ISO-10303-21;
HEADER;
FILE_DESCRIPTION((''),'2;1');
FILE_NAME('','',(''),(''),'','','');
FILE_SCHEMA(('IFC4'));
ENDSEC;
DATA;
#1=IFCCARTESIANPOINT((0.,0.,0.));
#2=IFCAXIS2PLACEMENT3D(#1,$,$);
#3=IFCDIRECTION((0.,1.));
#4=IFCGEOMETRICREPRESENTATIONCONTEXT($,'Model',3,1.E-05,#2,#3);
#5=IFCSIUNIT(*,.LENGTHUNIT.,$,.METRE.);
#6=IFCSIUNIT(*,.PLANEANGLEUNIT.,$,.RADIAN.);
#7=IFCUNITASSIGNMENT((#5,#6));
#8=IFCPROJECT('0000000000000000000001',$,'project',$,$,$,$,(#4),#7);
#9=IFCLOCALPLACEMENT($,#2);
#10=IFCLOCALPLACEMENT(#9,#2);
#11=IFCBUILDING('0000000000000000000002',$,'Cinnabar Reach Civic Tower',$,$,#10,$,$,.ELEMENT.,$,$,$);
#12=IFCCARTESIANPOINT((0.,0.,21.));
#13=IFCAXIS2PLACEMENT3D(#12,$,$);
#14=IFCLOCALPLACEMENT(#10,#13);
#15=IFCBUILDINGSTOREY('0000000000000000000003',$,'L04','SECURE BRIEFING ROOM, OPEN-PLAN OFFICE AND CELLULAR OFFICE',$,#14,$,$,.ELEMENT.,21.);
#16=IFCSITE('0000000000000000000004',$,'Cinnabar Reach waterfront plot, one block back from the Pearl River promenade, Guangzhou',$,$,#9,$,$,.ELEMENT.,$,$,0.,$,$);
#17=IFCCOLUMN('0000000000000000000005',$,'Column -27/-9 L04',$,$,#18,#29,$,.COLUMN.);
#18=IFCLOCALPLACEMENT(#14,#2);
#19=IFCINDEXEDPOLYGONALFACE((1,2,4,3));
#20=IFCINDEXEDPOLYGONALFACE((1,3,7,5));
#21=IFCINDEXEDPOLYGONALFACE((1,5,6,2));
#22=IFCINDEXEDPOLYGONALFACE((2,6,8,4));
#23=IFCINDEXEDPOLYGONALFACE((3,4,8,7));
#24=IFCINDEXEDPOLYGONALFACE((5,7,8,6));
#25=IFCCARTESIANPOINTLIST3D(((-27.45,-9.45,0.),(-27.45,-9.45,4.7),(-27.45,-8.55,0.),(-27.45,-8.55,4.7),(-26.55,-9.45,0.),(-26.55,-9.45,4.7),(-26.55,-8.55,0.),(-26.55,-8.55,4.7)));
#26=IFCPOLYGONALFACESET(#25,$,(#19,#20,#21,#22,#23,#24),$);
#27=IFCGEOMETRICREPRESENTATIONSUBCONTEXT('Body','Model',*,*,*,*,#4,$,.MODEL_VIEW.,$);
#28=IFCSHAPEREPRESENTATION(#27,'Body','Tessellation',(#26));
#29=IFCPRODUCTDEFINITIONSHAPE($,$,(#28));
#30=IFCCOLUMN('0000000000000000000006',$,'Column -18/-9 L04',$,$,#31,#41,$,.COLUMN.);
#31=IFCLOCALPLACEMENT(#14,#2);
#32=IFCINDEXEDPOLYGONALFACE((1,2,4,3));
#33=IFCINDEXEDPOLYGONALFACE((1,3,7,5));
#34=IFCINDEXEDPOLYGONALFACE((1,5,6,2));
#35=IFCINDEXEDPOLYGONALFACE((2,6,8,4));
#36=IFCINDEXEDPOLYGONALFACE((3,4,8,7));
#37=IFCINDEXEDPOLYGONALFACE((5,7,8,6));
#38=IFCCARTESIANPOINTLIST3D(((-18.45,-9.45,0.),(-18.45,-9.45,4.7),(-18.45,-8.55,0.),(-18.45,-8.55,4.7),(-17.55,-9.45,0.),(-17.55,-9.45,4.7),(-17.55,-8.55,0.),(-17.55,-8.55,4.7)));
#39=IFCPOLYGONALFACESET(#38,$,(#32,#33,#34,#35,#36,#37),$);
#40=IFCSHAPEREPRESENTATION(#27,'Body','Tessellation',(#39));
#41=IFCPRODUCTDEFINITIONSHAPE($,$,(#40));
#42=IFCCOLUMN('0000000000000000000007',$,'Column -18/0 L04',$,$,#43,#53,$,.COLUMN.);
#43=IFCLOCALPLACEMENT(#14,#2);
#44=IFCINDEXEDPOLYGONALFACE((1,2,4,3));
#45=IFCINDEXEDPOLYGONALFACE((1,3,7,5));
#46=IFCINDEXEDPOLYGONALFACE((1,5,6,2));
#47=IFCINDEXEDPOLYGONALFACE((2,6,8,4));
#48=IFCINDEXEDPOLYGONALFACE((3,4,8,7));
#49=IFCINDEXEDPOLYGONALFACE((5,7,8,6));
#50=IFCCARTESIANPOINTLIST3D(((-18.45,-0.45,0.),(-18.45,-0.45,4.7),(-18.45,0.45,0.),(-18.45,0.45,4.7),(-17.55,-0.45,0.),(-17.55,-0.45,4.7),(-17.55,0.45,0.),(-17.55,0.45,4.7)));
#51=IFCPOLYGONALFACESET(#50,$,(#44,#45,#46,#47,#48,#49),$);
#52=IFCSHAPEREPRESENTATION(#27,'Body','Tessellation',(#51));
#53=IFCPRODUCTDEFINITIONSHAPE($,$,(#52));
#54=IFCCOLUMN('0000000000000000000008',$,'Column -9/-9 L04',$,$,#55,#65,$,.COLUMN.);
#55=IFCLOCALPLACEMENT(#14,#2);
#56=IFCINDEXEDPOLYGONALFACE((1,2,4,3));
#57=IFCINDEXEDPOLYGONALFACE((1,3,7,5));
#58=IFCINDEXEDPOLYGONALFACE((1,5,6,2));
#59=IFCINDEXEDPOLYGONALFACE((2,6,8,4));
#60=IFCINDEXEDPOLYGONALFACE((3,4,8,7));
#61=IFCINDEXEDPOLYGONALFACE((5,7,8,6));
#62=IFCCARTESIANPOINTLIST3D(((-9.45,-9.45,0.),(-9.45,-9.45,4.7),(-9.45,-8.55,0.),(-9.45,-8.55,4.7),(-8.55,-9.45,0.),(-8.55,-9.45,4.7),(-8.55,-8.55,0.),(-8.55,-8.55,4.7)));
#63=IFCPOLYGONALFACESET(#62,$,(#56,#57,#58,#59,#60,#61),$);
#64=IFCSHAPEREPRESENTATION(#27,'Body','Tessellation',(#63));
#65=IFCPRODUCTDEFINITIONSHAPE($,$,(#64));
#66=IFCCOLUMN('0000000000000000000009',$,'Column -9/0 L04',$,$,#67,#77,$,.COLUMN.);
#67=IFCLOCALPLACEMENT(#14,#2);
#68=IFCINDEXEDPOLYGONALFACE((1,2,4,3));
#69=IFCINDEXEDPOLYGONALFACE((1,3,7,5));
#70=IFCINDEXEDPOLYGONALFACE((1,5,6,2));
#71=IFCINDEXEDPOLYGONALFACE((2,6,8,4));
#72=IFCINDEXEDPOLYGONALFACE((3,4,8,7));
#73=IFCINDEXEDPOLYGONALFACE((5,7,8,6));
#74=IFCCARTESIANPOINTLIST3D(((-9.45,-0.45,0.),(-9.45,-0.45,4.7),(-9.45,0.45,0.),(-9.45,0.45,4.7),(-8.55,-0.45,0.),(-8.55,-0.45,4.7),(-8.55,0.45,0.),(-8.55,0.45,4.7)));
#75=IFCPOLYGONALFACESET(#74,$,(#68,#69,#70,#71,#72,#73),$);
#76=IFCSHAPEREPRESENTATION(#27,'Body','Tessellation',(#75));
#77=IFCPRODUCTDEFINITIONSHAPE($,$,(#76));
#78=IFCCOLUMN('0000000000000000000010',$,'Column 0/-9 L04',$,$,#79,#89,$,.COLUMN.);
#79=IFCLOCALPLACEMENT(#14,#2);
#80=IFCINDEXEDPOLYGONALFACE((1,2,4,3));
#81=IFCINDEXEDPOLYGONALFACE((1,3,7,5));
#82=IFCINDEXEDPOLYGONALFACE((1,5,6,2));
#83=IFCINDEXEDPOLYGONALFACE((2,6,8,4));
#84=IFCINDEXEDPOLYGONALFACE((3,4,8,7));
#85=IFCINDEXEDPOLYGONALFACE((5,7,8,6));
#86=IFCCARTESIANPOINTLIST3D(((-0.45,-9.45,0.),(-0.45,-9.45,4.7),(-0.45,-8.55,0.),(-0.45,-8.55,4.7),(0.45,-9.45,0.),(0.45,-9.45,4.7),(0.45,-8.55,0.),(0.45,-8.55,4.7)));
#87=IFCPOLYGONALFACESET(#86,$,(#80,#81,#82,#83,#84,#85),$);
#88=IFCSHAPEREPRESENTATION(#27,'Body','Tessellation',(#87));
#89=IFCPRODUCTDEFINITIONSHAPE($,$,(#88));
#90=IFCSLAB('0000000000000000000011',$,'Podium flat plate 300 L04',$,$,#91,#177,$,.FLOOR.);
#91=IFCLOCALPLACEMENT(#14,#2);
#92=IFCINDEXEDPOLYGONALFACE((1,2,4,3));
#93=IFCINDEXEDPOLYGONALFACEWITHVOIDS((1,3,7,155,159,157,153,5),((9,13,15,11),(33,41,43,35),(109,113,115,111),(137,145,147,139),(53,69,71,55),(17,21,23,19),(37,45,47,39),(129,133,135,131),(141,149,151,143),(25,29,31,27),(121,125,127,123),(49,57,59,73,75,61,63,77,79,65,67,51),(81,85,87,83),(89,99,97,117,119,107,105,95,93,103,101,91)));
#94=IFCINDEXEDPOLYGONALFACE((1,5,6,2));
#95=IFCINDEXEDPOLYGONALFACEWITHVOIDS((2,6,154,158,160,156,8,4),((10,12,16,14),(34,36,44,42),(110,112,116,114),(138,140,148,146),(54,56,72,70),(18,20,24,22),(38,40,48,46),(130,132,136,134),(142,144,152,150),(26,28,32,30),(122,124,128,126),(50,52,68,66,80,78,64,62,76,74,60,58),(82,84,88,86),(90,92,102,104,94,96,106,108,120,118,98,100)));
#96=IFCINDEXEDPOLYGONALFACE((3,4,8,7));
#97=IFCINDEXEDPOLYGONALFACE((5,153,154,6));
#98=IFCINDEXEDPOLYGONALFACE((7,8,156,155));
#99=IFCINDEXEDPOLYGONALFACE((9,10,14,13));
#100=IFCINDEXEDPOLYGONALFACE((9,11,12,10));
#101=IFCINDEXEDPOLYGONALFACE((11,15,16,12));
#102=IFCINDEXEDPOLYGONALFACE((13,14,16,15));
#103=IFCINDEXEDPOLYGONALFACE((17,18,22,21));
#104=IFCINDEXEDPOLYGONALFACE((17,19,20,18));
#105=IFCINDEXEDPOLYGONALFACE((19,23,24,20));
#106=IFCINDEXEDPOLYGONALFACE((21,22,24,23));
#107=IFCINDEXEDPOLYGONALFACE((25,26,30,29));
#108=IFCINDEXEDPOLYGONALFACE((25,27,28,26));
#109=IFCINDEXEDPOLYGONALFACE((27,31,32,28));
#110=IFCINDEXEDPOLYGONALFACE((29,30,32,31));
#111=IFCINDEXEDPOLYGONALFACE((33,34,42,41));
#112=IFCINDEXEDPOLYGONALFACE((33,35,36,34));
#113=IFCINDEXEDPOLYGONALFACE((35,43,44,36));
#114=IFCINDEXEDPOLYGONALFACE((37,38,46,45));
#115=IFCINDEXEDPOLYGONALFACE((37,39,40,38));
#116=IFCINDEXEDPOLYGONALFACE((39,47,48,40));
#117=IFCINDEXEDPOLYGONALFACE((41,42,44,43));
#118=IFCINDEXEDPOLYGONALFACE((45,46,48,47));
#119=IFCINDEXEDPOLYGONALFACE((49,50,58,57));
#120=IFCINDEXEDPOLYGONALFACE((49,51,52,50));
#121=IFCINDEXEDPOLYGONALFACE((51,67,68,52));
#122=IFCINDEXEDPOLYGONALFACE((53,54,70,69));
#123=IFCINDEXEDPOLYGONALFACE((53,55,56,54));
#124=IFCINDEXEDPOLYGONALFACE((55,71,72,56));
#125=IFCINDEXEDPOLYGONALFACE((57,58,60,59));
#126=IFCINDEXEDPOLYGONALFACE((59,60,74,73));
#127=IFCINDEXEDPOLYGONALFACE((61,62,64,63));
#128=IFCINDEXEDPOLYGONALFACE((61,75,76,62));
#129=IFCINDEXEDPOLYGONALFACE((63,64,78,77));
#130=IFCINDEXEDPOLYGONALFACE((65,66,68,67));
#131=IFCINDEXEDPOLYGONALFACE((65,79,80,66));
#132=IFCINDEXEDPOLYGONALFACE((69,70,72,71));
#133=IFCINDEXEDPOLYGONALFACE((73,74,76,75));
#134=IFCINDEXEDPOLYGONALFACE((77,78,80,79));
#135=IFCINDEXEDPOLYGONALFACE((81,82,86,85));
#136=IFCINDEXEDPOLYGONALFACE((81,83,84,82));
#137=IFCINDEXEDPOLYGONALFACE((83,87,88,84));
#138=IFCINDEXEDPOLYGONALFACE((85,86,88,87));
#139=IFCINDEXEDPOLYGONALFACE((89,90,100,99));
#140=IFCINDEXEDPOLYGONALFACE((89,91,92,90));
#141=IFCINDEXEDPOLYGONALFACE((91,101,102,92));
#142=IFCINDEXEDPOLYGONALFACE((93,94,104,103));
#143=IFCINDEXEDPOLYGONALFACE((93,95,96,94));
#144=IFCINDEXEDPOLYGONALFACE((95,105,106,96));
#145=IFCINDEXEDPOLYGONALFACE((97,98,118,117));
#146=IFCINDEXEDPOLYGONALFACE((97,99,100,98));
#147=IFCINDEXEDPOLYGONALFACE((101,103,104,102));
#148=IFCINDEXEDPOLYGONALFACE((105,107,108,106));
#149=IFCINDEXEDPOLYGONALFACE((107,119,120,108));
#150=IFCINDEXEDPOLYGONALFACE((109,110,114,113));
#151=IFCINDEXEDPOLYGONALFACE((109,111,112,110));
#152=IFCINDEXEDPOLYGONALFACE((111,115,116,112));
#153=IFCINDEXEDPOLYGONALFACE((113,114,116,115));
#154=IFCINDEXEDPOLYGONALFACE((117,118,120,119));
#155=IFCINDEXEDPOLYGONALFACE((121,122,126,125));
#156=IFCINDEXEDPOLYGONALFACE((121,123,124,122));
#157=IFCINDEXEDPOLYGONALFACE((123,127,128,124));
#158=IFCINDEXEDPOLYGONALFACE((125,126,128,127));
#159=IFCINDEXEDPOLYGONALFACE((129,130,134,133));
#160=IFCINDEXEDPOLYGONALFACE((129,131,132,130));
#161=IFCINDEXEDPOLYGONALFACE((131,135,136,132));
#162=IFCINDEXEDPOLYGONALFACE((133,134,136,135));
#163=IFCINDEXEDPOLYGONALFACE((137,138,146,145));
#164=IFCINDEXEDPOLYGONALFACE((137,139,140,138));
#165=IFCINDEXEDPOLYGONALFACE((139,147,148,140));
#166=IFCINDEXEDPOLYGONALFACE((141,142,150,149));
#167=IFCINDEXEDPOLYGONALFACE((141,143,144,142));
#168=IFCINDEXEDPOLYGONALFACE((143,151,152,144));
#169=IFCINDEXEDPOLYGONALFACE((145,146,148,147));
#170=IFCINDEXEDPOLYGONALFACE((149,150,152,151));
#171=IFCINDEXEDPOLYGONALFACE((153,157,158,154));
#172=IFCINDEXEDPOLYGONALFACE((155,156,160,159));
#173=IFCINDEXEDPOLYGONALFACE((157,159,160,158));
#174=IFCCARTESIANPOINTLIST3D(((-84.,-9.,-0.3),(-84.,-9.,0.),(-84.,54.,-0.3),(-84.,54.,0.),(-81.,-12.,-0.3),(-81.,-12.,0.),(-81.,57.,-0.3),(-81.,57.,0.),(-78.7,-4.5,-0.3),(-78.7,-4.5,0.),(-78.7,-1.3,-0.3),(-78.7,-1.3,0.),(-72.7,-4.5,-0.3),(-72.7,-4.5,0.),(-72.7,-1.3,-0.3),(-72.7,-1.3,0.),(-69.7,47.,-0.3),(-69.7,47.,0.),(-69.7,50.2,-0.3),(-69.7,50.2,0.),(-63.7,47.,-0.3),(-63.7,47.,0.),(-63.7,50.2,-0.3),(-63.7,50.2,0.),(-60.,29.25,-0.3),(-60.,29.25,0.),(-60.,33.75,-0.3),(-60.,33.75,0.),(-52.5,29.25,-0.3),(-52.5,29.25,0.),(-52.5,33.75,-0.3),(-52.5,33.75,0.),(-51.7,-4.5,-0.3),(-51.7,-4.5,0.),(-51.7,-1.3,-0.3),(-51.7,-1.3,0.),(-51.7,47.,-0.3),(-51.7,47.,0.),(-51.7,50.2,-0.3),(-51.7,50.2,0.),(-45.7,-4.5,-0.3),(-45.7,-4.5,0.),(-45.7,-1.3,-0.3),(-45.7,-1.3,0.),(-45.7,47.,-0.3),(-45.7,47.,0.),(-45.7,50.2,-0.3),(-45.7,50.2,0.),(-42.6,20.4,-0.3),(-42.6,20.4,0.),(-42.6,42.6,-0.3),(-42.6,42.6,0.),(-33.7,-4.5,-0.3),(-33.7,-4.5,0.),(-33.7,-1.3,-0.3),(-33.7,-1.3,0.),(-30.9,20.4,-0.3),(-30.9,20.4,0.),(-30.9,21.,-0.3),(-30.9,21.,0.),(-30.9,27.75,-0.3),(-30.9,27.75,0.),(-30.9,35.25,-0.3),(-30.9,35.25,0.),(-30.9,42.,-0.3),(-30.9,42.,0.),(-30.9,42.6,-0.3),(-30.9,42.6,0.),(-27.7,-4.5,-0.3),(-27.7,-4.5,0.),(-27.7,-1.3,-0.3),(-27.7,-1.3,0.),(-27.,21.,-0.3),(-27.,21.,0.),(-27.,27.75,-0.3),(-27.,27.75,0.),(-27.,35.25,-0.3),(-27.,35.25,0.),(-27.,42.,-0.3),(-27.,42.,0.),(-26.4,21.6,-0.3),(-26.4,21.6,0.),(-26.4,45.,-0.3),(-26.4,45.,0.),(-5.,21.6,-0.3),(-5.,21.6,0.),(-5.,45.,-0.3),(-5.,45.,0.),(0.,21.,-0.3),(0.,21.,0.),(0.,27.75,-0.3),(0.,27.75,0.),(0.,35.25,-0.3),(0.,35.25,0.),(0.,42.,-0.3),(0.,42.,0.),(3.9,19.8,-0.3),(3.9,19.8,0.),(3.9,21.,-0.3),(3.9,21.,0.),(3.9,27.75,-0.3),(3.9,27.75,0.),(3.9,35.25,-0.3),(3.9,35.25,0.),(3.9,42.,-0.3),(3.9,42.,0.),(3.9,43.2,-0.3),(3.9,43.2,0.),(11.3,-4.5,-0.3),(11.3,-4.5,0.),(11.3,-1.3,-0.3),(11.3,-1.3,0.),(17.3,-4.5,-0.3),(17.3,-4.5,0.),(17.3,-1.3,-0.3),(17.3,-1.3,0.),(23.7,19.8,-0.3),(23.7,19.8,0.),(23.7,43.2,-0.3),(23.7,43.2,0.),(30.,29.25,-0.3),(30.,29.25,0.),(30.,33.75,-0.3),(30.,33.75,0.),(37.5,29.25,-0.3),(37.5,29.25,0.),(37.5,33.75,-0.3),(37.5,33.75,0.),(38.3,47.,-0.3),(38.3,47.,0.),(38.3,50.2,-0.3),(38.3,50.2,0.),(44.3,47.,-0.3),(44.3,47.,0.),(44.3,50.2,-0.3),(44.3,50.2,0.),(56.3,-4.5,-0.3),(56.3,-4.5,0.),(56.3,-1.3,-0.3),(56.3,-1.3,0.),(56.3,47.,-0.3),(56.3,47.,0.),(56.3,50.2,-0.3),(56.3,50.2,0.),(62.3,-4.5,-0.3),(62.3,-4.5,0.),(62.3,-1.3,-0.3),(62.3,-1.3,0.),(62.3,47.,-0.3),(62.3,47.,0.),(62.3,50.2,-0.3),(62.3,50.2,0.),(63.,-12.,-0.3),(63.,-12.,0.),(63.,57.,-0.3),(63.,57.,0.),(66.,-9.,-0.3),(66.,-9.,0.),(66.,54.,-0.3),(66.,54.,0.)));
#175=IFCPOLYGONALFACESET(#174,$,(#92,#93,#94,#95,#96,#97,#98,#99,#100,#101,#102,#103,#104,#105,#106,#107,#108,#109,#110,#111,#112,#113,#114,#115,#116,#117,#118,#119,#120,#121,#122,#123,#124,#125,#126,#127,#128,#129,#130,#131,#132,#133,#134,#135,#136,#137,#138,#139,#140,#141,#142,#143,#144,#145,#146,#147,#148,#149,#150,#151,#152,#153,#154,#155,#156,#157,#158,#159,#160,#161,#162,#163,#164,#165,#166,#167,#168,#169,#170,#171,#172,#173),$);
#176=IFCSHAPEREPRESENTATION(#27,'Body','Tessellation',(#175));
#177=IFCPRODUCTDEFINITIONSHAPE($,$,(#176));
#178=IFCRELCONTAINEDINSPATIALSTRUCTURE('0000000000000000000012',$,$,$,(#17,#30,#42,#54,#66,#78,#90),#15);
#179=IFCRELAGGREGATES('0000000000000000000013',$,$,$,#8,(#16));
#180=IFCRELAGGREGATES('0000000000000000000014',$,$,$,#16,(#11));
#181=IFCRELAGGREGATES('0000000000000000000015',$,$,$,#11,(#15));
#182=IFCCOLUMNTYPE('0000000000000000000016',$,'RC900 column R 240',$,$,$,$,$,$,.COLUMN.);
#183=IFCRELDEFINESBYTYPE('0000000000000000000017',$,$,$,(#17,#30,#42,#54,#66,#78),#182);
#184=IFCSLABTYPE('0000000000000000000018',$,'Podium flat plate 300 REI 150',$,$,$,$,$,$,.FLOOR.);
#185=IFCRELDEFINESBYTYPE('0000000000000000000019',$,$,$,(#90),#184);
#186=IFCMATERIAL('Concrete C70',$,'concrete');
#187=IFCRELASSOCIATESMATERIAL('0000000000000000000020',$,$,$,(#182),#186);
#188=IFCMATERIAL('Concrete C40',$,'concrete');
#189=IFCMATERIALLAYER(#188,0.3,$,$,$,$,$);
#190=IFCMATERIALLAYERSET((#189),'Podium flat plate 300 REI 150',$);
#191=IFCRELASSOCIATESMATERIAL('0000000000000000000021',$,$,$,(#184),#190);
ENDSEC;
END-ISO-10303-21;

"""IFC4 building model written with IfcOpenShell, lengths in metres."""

from ifc_helpers import new_model, si_unit, direction, frame, origin, origin_2d, place, context, subcontext, project, spatial, polyline, rectangle, outline, extrude, material, layer, layer_set, material_profile, profile_set, type_object, element, save


model = new_model("IFC4")

# Units and contexts
model_context = context("Model", 3, precision=1e-05, world=origin(), true_north=direction((0.0, 1.0)))
body_context = subcontext(model_context, "Body", "Model", "MODEL_VIEW")
ifc_project = project(units=[si_unit("LENGTHUNIT", "METRE"), si_unit("PLANEANGLEUNIT", "RADIAN")], contexts=[model_context])

# Site, building, storey
site_placement = place(None, origin())
site = spatial("IfcSite", under=ifc_project, at=site_placement, Name="Cinnabar Reach waterfront plot, one block back from the Pearl River promenade, Guangzhou", CompositionType="ELEMENT", RefElevation=0.0)
building_placement = place(site_placement, origin())
building = spatial("IfcBuilding", under=site, at=building_placement, Name="Cinnabar Reach Civic Tower", CompositionType="ELEMENT")
storey_placement = place(building_placement, frame((0.0, 0.0, 21.0)))
storey = spatial("IfcBuildingStorey", under=building, at=storey_placement, Name="L04", Description="SECURE BRIEFING ROOM, OPEN-PLAN OFFICE AND CELLULAR OFFICE", CompositionType="ELEMENT", Elevation=21.0)

# Columns
ifc_material_1 = material(Name="Concrete C70", Category="concrete")
ifc_material_profile = material_profile(ifc_material_1, rectangle(XDim=0.9, YDim=0.9, at=origin_2d()), Name="RC900")
ifc_profile_set = profile_set([ifc_material_profile], Name="Concrete C70")
column_type = type_object("IfcColumnType", Name="RC900 column R 240", PredefinedType="COLUMN", material=ifc_profile_set)
for number, where, z_axis, x_axis, name in (
    (1, (-27.0, -9.0, 0.0), (0.0, 0.0, 1.0), (1.0, 0.0, 0.0), "Column -27/-9 L04"),
    (2, (-18.0, -9.0, 0.0), (0.0, 0.0, 1.0), (1.0, 0.0, 0.0), "Column -18/-9 L04"),
    (3, (-18.0, 0.0, 0.0), (0.0, 0.0, 1.0), (1.0, 0.0, 0.0), "Column -18/0 L04"),
    (4, (-9.0, -9.0, 0.0), (0.0, 0.0, 1.0), (1.0, 0.0, 0.0), "Column -9/-9 L04"),
    (5, (-9.0, 0.0, 0.0), (0.0, 0.0, 1.0), (1.0, 0.0, 0.0), "Column -9/0 L04"),
    (6, (0.0, -9.0, 0.0), (0.0, 0.0, 1.0), (1.0, 0.0, 0.0), "Column 0/-9 L04"),
):
    element("IfcColumn", number, at=place(storey_placement, frame(where, z_axis=z_axis, x_axis=x_axis)), inside=storey, type_object=column_type, Name=name, PredefinedType="COLUMN", context=body_context, shape_type="SweptSolid", body=[
        extrude(rectangle(XDim=0.9, YDim=0.9, at=origin_2d()), origin(), (0.0, 0.0, 1.0), 4.7),
    ])

# Slab
ifc_material_2 = material(Name="Concrete C40", Category="concrete")
ifc_layer_1 = layer(ifc_material_2, 0.3)
ifc_layer_set_1 = layer_set([ifc_layer_1], Name="Podium flat plate 300 REI 150")
slab_type = type_object("IfcSlabType", Name="Podium flat plate 300 REI 150", PredefinedType="FLOOR", material=ifc_layer_set_1)
slab_placement = place(storey_placement, frame((0.0, 0.0, -0.3)))
element("IfcSlab", 7, at=slab_placement, inside=storey, type_object=slab_type, Name="Podium flat plate 300 L04", PredefinedType="FLOOR", context=body_context, shape_type="SweptSolid", body=[
    extrude(outline(polyline([(-84.0, -9.0), (-84.0, 54.0), (-81.0, 57.0), (63.0, 57.0), (66.0, 54.0), (66.0, -9.0), (63.0, -12.0), (-81.0, -12.0), (-84.0, -9.0)]), holes=[polyline([(-78.7, -1.3), (-78.7, -4.5), (-72.7, -4.5), (-72.7, -1.3), (-78.7, -1.3)]), polyline([(-45.7, -1.3), (-51.7, -1.3), (-51.7, -4.5), (-45.7, -4.5), (-45.7, -1.3)]), polyline([(-27.7, -1.3), (-33.7, -1.3), (-33.7, -4.5), (-27.7, -4.5), (-27.7, -1.3)]), polyline([(-52.5, 33.75), (-60.0, 33.75), (-60.0, 29.25), (-52.5, 29.25), (-52.5, 33.75)]), polyline([(-42.6, 20.4), (-30.9, 20.4), (-30.9, 21.0), (-27.0, 21.0), (-27.0, 27.75), (-30.9, 27.75), (-30.9, 35.25), (-27.0, 35.25), (-27.0, 42.0), (-30.9, 42.0), (-30.9, 42.6), (-42.6, 42.6), (-42.6, 20.4)]), polyline([(-63.7, 50.2), (-69.7, 50.2), (-69.7, 47.0), (-63.7, 47.0), (-63.7, 50.2)]), polyline([(-45.7, 50.2), (-51.7, 50.2), (-51.7, 47.0), (-45.7, 47.0), (-45.7, 50.2)]), polyline([(11.3, -1.3), (11.3, -4.5), (17.3, -4.5), (17.3, -1.3), (11.3, -1.3)]), polyline([(62.3, -1.3), (56.3, -1.3), (56.3, -4.5), (62.3, -4.5), (62.3, -1.3)]), polyline([(3.9, 42.0), (0.0, 42.0), (0.0, 35.25), (3.9, 35.25), (3.9, 27.75), (0.0, 27.75), (0.0, 21.0), (3.9, 21.0), (3.9, 19.8), (23.7, 19.8), (23.7, 43.2), (3.9, 43.2), (3.9, 42.0)]), polyline([(37.5, 33.75), (30.0, 33.75), (30.0, 29.25), (37.5, 29.25), (37.5, 33.75)]), polyline([(-5.0, 45.0), (-26.4, 45.0), (-26.4, 21.6), (-5.0, 21.6), (-5.0, 45.0)]), polyline([(44.3, 47.0), (44.3, 50.2), (38.3, 50.2), (38.3, 47.0), (44.3, 47.0)]), polyline([(62.3, 47.0), (62.3, 50.2), (56.3, 50.2), (56.3, 47.0), (62.3, 47.0)])]), origin(), (0.0, 0.0, 1.0), 0.3),
])

save(model, "model.ifc")
